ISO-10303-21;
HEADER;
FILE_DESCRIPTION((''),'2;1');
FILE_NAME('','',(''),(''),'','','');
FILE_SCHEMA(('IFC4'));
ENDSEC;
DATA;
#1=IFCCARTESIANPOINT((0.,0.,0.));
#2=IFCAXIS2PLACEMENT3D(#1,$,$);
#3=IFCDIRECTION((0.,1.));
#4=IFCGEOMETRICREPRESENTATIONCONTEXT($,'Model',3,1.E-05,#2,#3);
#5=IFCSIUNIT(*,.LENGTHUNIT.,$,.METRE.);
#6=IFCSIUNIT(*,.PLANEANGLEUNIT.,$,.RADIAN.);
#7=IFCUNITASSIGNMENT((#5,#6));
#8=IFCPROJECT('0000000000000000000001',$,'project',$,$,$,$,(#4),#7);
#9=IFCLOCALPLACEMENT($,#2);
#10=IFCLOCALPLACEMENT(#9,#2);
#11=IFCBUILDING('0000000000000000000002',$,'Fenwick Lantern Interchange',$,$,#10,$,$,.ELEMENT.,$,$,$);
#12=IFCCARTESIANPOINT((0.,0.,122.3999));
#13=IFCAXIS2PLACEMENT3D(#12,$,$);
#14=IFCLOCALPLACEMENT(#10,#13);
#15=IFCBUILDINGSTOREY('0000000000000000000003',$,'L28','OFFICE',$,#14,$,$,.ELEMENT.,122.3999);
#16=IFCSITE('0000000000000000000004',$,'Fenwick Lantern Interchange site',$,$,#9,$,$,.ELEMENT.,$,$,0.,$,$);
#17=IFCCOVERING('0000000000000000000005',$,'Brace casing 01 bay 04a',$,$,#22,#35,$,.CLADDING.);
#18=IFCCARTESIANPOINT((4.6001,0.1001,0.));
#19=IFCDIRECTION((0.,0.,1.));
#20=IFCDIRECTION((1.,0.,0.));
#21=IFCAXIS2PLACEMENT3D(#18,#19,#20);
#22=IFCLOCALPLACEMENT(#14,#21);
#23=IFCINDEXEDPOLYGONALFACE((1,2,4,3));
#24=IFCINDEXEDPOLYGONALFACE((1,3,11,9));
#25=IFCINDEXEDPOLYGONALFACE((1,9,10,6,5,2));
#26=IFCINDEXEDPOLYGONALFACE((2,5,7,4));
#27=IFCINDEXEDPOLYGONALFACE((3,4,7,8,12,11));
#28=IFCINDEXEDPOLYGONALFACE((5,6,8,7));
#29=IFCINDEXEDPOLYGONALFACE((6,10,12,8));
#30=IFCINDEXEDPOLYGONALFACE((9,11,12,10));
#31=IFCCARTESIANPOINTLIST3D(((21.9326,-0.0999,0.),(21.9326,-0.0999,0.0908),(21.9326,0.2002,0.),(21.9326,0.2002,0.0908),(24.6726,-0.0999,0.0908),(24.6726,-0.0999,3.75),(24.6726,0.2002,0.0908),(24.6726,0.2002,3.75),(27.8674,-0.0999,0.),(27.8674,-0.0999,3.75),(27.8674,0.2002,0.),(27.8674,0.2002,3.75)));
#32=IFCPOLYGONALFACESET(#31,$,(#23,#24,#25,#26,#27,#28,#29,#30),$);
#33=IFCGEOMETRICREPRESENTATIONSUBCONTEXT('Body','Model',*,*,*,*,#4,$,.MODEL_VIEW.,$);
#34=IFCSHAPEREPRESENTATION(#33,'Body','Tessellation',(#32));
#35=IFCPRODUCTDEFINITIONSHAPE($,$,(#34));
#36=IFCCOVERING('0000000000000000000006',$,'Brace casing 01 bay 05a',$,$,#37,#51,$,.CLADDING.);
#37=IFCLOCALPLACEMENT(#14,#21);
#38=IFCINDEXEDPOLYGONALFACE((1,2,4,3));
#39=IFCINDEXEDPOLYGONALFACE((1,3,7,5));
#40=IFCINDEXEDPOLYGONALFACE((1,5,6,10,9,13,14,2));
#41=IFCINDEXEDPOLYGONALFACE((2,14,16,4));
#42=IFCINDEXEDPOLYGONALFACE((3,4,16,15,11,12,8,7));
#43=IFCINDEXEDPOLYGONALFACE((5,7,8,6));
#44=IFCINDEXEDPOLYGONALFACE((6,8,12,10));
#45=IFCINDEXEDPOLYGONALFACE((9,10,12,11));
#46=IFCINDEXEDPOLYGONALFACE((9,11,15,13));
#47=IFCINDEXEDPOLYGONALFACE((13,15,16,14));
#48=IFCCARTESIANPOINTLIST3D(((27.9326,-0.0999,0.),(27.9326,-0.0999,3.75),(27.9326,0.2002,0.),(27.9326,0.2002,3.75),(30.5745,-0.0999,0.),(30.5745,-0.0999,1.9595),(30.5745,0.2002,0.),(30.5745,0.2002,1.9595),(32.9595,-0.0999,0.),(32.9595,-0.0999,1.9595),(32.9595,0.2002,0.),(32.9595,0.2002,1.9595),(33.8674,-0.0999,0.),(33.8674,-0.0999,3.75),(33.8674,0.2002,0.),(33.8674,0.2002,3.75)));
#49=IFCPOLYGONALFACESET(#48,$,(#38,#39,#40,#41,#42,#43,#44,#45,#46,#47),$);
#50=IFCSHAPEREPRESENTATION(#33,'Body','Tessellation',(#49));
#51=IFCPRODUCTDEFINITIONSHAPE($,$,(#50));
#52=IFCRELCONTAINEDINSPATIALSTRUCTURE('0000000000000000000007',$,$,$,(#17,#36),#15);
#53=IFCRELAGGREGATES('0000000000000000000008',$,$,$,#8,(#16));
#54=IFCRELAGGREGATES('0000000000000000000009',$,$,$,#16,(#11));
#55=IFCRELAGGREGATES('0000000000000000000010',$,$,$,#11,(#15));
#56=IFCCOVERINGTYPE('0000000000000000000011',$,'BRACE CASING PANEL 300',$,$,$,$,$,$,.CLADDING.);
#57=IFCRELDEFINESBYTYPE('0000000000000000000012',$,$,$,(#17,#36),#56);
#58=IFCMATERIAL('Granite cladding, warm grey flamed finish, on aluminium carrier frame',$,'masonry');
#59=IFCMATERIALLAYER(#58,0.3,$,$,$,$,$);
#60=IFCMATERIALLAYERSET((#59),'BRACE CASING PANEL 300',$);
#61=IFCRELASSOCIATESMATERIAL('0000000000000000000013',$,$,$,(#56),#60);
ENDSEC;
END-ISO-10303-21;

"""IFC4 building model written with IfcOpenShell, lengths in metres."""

from ifc_helpers import new_model, si_unit, direction, frame, origin, place, context, subcontext, project, spatial, polyline, outline, extrude, material, layer, layer_set, type_object, element, save


model = new_model("IFC4")

# Units and contexts
model_context = context("Model", 3, precision=1e-05, world=origin(), true_north=direction((0.0, 1.0)))
body_context = subcontext(model_context, "Body", "Model", "MODEL_VIEW")
ifc_project = project(units=[si_unit("LENGTHUNIT", "METRE"), si_unit("PLANEANGLEUNIT", "RADIAN")], contexts=[model_context])

# Site, building, storey
site_placement = place(None, origin())
site = spatial("IfcSite", under=ifc_project, at=site_placement, Name="Fenwick Lantern Interchange site", CompositionType="ELEMENT", RefElevation=0.0)
building_placement = place(site_placement, origin())
building = spatial("IfcBuilding", under=site, at=building_placement, Name="Fenwick Lantern Interchange", CompositionType="ELEMENT")
storey_placement = place(building_placement, frame((0.0, 0.0, 122.3999)))
storey = spatial("IfcBuildingStorey", under=building, at=storey_placement, Name="L28", Description="OFFICE", CompositionType="ELEMENT", Elevation=122.3999)

# Coverings
ifc_material_1 = material(Name="Granite cladding, warm grey flamed finish, on aluminium carrier frame", Category="masonry")
ifc_layer_1 = layer(ifc_material_1, 0.3)
ifc_layer_set_1 = layer_set([ifc_layer_1], Name="BRACE CASING PANEL 300")
covering_type_1 = type_object("IfcCoveringType", Name="BRACE CASING PANEL 300", PredefinedType="CLADDING", material=ifc_layer_set_1)
covering_1_placement = place(storey_placement, frame((4.6001, 0.1001, 0.0), z_axis=(0.0, 0.0, 1.0), x_axis=(1.0, 0.0, 0.0)))
element("IfcCovering", 1, at=covering_1_placement, inside=storey, type_object=covering_type_1, Name="Brace casing 01 bay 04a", PredefinedType="CLADDING", context=body_context, shape_type="SweptSolid", body=[
    extrude(outline(polyline([(21.9326, 0.0), (27.8674, 0.0), (27.8674, 3.75), (24.6726, 3.75), (24.6726, 0.0908), (21.9326, 0.0908), (21.9326, 0.0)])), frame((0.0, 0.2002, 0.0), z_axis=(0.0, -1.0, 0.0), x_axis=(1.0, 0.0, 0.0)), (0.0, 0.0, 1.0), 0.3),
])
covering_2_placement = place(storey_placement, frame((4.6001, 0.1001, 0.0), z_axis=(0.0, 0.0, 1.0), x_axis=(1.0, 0.0, 0.0)))
element("IfcCovering", 2, at=covering_2_placement, inside=storey, type_object=covering_type_1, Name="Brace casing 01 bay 05a", PredefinedType="CLADDING", context=body_context, shape_type="SweptSolid", body=[
    extrude(outline(polyline([(27.9326, 0.0), (30.5745, 0.0), (30.5745, 1.9595), (32.9595, 1.9595), (32.9595, 0.0), (33.8674, 0.0), (33.8674, 3.75), (27.9326, 3.75), (27.9326, 0.0)])), frame((0.0, 0.2002, 0.0), z_axis=(0.0, -1.0, 0.0), x_axis=(1.0, 0.0, 0.0)), (0.0, 0.0, 1.0), 0.3),
])

save(model, "model.ifc")
